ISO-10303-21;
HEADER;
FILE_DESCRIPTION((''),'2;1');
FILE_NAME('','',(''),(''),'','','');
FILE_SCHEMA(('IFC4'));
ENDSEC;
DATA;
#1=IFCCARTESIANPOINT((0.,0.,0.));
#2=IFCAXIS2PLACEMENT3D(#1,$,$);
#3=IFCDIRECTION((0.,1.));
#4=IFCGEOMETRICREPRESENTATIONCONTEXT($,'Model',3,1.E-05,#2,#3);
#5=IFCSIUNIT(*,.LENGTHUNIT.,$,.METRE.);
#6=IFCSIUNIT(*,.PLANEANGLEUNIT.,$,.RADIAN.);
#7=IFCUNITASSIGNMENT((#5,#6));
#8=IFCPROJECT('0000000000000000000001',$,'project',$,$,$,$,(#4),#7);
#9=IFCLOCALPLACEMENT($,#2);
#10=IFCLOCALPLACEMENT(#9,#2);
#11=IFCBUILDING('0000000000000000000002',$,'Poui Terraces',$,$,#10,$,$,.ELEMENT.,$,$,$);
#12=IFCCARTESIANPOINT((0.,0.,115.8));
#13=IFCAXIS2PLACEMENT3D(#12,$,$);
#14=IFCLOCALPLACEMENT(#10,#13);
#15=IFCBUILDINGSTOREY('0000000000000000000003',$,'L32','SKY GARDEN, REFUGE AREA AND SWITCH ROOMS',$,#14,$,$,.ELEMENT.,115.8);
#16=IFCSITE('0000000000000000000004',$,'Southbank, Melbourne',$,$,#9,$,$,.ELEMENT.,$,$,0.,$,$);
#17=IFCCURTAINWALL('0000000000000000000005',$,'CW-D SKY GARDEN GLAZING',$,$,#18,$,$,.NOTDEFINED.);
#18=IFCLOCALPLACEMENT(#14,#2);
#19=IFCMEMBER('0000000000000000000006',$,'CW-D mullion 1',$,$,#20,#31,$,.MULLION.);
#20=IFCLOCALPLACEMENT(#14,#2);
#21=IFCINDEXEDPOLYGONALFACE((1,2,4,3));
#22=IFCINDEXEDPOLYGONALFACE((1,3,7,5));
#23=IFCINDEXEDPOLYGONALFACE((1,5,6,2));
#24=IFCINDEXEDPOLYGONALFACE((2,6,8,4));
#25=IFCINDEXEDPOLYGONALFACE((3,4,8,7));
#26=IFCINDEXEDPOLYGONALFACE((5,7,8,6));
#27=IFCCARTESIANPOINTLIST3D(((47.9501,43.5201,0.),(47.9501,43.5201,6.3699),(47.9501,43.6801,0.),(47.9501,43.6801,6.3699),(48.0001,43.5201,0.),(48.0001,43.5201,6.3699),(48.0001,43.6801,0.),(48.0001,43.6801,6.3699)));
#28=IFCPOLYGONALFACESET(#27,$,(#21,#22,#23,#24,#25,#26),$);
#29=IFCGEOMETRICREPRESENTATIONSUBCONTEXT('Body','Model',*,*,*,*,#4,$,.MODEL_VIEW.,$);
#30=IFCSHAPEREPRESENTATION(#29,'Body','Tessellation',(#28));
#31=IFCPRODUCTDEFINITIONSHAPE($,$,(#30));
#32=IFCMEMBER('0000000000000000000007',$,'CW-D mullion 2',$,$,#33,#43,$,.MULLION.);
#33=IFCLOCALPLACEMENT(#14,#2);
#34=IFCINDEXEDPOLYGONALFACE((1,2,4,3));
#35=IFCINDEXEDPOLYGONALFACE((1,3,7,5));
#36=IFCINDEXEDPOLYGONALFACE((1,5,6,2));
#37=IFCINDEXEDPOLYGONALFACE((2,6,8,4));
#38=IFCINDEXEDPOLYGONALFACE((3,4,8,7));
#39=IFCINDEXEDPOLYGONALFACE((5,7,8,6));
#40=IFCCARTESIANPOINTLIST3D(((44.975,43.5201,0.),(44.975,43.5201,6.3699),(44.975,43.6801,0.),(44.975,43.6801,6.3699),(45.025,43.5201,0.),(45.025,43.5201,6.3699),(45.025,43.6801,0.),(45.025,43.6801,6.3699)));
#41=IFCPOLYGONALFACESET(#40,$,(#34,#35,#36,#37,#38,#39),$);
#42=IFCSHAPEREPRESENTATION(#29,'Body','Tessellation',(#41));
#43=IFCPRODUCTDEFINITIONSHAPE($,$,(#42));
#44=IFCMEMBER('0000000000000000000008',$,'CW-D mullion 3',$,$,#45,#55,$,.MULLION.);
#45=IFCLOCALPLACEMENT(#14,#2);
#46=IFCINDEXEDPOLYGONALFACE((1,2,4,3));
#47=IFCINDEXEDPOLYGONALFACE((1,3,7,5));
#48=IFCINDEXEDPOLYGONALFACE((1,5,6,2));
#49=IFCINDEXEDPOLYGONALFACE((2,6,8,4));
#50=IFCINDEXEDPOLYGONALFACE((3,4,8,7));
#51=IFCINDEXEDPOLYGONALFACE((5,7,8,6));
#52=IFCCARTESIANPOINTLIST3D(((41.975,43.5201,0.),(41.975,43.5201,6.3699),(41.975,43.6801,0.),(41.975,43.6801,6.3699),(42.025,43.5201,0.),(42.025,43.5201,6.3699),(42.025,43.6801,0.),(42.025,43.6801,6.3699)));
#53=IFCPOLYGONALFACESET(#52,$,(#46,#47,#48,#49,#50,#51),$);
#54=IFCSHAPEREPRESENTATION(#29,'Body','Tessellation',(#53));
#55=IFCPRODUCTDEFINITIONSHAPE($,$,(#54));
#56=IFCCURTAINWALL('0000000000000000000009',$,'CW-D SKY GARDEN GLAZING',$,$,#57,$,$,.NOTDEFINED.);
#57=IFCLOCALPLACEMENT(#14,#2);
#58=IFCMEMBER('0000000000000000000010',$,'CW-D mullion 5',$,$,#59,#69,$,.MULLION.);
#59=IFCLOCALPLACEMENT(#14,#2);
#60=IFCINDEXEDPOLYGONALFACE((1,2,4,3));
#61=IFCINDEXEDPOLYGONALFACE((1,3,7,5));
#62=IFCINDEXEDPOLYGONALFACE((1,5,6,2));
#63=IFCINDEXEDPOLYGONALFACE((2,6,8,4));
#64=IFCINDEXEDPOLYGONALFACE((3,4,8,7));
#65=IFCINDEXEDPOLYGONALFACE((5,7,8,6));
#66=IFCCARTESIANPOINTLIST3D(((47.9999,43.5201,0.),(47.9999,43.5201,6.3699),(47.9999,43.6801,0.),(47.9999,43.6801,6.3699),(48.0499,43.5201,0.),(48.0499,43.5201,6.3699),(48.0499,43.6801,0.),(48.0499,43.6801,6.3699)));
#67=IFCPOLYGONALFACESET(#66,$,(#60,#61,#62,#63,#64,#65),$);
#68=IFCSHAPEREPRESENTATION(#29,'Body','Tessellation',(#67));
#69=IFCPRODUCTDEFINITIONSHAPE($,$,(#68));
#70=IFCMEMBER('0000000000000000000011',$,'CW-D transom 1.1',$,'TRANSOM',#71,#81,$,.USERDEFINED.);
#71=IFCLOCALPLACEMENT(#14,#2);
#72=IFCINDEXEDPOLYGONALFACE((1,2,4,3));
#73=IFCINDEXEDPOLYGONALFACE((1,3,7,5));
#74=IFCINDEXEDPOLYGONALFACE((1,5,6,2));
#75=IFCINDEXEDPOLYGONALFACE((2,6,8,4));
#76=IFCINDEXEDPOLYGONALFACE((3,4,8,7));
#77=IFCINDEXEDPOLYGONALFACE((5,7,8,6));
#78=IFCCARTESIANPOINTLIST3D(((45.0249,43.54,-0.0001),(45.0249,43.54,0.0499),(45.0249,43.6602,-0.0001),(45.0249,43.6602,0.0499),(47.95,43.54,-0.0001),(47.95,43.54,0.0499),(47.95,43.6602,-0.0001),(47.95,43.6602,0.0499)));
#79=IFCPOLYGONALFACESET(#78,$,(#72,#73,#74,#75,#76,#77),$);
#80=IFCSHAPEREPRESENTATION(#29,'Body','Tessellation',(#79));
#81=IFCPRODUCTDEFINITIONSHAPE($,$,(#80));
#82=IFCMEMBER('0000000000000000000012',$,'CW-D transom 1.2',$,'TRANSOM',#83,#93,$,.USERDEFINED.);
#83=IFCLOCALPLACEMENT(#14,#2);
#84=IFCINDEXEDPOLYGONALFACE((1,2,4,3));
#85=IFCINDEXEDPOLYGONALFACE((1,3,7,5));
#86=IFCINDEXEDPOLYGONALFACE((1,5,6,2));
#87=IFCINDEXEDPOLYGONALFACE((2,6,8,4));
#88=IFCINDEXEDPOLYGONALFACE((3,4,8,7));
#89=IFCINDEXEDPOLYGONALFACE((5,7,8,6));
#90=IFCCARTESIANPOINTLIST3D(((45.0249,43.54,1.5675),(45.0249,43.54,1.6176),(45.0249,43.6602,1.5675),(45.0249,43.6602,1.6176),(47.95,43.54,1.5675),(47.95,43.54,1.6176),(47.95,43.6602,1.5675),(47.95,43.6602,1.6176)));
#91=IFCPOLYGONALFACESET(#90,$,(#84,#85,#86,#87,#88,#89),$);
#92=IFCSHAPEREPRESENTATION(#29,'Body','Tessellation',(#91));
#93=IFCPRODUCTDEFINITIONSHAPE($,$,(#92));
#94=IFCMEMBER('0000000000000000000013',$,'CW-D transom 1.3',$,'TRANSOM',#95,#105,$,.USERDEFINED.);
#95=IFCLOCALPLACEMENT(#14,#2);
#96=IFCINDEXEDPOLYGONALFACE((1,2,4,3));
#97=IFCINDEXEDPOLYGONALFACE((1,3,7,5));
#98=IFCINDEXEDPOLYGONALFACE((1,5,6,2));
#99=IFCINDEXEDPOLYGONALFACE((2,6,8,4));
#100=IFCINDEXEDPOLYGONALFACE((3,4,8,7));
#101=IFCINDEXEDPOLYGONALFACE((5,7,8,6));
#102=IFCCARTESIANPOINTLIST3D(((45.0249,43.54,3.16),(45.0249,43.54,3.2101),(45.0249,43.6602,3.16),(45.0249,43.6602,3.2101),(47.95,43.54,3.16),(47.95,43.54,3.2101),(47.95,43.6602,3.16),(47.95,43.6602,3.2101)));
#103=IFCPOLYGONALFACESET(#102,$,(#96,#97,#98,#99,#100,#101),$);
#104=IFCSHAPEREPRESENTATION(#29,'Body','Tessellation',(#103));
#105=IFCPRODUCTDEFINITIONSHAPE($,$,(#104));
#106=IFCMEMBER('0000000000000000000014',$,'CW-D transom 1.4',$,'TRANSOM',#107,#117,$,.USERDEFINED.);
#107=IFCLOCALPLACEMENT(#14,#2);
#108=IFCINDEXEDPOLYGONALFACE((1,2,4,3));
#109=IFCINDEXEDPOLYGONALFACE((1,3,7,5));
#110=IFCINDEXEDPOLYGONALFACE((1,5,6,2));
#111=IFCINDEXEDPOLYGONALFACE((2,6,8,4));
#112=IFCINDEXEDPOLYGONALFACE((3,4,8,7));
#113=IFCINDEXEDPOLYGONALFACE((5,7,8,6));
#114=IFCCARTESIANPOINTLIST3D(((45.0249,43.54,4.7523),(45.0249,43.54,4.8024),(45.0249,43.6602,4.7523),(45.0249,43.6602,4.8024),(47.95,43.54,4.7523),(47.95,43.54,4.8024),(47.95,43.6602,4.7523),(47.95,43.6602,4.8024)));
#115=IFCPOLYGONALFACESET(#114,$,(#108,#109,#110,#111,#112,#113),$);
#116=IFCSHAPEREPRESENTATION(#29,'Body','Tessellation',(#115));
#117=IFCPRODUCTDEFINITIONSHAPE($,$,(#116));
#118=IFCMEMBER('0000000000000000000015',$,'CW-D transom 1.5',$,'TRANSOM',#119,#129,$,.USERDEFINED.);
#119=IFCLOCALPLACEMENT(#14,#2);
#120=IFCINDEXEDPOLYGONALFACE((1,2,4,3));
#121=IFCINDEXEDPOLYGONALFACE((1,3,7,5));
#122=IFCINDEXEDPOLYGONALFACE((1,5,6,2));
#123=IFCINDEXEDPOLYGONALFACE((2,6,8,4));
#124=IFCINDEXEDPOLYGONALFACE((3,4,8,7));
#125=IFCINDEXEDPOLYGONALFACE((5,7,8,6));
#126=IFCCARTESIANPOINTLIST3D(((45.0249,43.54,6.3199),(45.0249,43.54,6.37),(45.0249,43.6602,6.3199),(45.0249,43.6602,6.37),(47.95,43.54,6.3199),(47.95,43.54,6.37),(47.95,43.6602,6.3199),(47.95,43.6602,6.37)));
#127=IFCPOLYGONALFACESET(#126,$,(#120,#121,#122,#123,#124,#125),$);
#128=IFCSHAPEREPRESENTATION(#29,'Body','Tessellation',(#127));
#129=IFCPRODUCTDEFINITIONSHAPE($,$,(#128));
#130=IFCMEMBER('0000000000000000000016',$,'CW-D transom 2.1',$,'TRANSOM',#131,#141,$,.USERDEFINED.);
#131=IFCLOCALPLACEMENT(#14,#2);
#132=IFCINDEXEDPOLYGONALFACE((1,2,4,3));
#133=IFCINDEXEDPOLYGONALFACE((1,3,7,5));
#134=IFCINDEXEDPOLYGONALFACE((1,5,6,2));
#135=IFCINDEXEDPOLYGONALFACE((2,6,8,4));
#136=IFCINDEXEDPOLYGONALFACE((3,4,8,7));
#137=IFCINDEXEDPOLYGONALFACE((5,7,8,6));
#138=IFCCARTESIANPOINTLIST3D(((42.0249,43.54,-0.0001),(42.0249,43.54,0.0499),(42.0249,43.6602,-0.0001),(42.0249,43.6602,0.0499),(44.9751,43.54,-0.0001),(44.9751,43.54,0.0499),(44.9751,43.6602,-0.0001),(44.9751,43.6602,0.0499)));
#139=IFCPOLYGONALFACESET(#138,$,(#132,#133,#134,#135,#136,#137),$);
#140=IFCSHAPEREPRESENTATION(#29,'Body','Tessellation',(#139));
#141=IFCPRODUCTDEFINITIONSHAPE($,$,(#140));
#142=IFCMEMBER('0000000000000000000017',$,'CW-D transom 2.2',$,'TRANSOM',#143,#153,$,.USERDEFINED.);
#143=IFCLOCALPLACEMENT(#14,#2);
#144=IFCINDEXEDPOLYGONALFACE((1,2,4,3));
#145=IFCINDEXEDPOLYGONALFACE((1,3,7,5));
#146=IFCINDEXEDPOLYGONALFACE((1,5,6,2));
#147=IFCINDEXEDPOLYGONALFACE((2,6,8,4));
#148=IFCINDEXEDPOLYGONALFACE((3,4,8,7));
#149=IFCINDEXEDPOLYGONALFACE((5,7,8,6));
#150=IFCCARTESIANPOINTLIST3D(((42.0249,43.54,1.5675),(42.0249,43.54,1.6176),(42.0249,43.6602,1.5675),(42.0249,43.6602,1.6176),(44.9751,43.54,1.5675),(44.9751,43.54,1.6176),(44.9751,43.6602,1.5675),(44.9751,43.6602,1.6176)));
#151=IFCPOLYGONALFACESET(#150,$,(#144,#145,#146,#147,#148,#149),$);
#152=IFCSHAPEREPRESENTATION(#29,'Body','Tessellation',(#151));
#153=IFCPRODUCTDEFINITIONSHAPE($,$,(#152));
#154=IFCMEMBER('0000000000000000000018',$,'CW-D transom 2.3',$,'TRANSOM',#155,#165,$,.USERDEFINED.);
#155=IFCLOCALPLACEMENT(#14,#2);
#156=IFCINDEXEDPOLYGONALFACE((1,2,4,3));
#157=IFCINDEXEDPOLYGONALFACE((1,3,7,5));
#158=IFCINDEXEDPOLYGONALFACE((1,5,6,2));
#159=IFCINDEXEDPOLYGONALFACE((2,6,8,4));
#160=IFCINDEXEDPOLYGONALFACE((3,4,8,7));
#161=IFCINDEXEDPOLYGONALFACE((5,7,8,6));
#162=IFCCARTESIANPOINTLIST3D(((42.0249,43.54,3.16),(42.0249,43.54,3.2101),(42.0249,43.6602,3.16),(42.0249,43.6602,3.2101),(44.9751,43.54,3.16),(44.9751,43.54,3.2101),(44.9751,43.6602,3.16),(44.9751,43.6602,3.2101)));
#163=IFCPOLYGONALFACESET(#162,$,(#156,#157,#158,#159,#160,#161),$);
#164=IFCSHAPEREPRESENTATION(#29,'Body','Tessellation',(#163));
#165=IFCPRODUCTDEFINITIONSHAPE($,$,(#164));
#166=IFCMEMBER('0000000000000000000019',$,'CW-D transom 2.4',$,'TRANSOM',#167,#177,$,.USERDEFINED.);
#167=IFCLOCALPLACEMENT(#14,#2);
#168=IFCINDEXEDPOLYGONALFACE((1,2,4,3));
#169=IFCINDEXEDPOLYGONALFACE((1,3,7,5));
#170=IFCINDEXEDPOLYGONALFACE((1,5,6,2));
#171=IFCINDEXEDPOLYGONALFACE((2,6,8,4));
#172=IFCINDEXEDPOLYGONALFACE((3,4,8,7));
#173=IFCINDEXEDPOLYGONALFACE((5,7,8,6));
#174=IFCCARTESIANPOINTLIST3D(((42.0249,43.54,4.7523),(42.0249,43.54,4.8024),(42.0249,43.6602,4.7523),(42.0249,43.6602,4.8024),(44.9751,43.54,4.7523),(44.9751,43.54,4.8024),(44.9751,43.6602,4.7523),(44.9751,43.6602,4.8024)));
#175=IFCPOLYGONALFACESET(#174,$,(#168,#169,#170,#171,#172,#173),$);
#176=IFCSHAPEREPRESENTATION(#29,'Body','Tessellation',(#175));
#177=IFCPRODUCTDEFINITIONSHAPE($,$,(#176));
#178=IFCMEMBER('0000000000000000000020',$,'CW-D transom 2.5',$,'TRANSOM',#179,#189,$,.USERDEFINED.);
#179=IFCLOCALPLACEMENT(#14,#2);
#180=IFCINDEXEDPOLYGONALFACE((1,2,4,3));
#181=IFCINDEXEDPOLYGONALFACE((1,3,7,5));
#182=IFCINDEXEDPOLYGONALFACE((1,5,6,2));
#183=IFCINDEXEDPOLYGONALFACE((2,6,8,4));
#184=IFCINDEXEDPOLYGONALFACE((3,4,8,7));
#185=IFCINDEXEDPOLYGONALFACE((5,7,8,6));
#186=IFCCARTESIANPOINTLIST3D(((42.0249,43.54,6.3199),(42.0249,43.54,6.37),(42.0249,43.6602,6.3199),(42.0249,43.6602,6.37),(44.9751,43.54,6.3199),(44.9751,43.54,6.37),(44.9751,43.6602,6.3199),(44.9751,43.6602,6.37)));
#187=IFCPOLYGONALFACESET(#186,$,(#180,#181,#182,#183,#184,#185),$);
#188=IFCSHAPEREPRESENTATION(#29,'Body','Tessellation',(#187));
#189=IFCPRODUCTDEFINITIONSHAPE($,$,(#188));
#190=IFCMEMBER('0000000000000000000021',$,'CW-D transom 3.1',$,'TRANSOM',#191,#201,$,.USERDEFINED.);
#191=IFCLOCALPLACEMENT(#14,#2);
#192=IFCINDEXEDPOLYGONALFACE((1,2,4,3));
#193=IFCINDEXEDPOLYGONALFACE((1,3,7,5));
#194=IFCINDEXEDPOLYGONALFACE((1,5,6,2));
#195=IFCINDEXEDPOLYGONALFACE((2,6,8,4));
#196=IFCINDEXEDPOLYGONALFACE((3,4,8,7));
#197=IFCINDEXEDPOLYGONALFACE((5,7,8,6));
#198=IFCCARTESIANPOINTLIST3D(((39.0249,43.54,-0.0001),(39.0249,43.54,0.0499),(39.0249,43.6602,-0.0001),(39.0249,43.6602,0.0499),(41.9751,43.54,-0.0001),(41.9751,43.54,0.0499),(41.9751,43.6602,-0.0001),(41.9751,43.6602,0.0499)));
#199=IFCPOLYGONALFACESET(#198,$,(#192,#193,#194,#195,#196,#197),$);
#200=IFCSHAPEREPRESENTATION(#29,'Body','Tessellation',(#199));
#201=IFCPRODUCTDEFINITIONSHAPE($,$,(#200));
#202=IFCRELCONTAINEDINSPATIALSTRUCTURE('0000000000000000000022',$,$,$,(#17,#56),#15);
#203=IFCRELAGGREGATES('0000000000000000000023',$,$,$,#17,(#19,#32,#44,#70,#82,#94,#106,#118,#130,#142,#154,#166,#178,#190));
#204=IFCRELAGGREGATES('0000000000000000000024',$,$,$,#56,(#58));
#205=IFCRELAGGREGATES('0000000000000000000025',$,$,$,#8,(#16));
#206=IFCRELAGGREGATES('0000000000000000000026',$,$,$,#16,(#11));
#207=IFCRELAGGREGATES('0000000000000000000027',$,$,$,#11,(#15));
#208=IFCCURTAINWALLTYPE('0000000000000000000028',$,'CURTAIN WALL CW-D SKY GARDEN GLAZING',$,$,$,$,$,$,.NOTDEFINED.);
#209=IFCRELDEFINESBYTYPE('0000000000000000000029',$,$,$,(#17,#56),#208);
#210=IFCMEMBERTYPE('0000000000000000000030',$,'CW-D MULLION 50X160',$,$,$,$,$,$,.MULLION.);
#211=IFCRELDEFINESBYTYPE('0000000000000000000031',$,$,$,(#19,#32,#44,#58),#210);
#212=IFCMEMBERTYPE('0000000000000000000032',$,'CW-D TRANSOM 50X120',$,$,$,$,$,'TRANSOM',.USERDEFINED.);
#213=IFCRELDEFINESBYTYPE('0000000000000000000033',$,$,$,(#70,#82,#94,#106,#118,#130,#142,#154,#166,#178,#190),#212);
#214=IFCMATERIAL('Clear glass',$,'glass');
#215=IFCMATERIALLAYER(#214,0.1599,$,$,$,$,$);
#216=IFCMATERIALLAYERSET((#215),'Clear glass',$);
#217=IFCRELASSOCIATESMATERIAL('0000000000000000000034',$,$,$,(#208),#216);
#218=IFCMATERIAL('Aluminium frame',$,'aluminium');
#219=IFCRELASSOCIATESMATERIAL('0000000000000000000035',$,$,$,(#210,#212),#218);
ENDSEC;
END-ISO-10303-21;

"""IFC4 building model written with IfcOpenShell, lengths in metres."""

from ifc_helpers import new_model, si_unit, direction, frame, origin, origin_2d, place, context, subcontext, project, spatial, rectangle, extrude, material, layer, layer_set, material_profile, profile_set, type_object, element, aggregate, save


model = new_model("IFC4")

# Units and contexts
model_context = context("Model", 3, precision=1e-05, world=origin(), true_north=direction((0.0, 1.0)))
body_context = subcontext(model_context, "Body", "Model", "MODEL_VIEW")
ifc_project = project(units=[si_unit("LENGTHUNIT", "METRE"), si_unit("PLANEANGLEUNIT", "RADIAN")], contexts=[model_context])

# Site, building, storey
site_placement = place(None, origin())
site = spatial("IfcSite", under=ifc_project, at=site_placement, Name="Southbank, Melbourne", CompositionType="ELEMENT", RefElevation=0.0)
building_placement = place(site_placement, origin())
building = spatial("IfcBuilding", under=site, at=building_placement, Name="Poui Terraces", CompositionType="ELEMENT")
storey_placement = place(building_placement, frame((0.0, 0.0, 115.8)))
storey = spatial("IfcBuildingStorey", under=building, at=storey_placement, Name="L32", Description="SKY GARDEN, REFUGE AREA AND SWITCH ROOMS", CompositionType="ELEMENT", Elevation=115.8)

# Curtain wall, members
ifc_material_1 = material(Name="Clear glass", Category="glass")
ifc_layer_1 = layer(ifc_material_1, 0.1599)
ifc_layer_set_1 = layer_set([ifc_layer_1], Name="Clear glass")
curtain_wall_type = type_object("IfcCurtainWallType", Name="CURTAIN WALL CW-D SKY GARDEN GLAZING", PredefinedType="NOTDEFINED", material=ifc_layer_set_1)
curtain_wall_1_placement = place(storey_placement, origin())
curtain_wall_1 = element("IfcCurtainWall", 1, at=curtain_wall_1_placement, inside=storey, type_object=curtain_wall_type, Name="CW-D SKY GARDEN GLAZING", PredefinedType="NOTDEFINED")
ifc_material_2 = material(Name="Aluminium frame", Category="aluminium")
ifc_material_profile_1 = material_profile(ifc_material_2, rectangle(XDim=0.1599, YDim=0.05, at=origin_2d()), Name="CW-D MULLION 50X160")
ifc_profile_set_1 = profile_set([ifc_material_profile_1], Name="Aluminium frame")
member_type_1 = type_object("IfcMemberType", Name="CW-D MULLION 50X160", PredefinedType="MULLION", material=ifc_profile_set_1)
member_1_placement = place(storey_placement, frame((47.9751, 43.6001, 0.0), z_axis=(0.0, 0.0, 1.0), x_axis=(0.0, -1.0, 0.0)))
member_1 = element("IfcMember", 2, at=member_1_placement, type_object=member_type_1, Name="CW-D mullion 1", PredefinedType="MULLION", context=body_context, shape_type="SweptSolid", body=[
    extrude(rectangle(XDim=0.1599, YDim=0.05, at=origin_2d()), origin(), (0.0, 0.0, 1.0), 6.3699),
])
member_2_placement = place(storey_placement, frame((45.0, 43.6001, 0.0), z_axis=(0.0, 0.0, 1.0), x_axis=(0.0, -1.0, 0.0)))
member_2 = element("IfcMember", 3, at=member_2_placement, type_object=member_type_1, Name="CW-D mullion 2", PredefinedType="MULLION", context=body_context, shape_type="SweptSolid", body=[
    extrude(rectangle(XDim=0.1599, YDim=0.05, at=origin_2d()), origin(), (0.0, 0.0, 1.0), 6.3699),
])
member_3_placement = place(storey_placement, frame((42.0, 43.6001, 0.0), z_axis=(0.0, 0.0, 1.0), x_axis=(0.0, -1.0, 0.0)))
member_3 = element("IfcMember", 4, at=member_3_placement, type_object=member_type_1, Name="CW-D mullion 3", PredefinedType="MULLION", context=body_context, shape_type="SweptSolid", body=[
    extrude(rectangle(XDim=0.1599, YDim=0.05, at=origin_2d()), origin(), (0.0, 0.0, 1.0), 6.3699),
])

# Curtain wall, member
curtain_wall_2_placement = place(storey_placement, origin())
curtain_wall_2 = element("IfcCurtainWall", 5, at=curtain_wall_2_placement, inside=storey, type_object=curtain_wall_type, Name="CW-D SKY GARDEN GLAZING", PredefinedType="NOTDEFINED")
member_4_placement = place(storey_placement, frame((48.0249, 43.6001, 0.0), z_axis=(0.0, 0.0, 1.0), x_axis=(0.0, -1.0, 0.0)))
member_4 = element("IfcMember", 6, at=member_4_placement, type_object=member_type_1, Name="CW-D mullion 5", PredefinedType="MULLION", context=body_context, shape_type="SweptSolid", body=[
    extrude(rectangle(XDim=0.1599, YDim=0.05, at=origin_2d()), origin(), (0.0, 0.0, 1.0), 6.3699),
])

# Members
ifc_material_profile_2 = material_profile(ifc_material_2, rectangle(XDim=0.1201, YDim=0.05, at=origin_2d()), Name="CW-D TRANSOM 50X120")
ifc_profile_set_2 = profile_set([ifc_material_profile_2], Name="Aluminium frame")
member_type_2 = type_object("IfcMemberType", Name="CW-D TRANSOM 50X120", ElementType="TRANSOM", PredefinedType="USERDEFINED", material=ifc_profile_set_2)
member_5_placement = place(storey_placement, frame((47.95, 43.6001, 0.0249), z_axis=(-1.0, 0.0, 0.0), x_axis=(0.0, -1.0, 0.0)))
member_5 = element("IfcMember", 7, at=member_5_placement, type_object=member_type_2, Name="CW-D transom 1.1", ObjectType="TRANSOM", PredefinedType="USERDEFINED", context=body_context, shape_type="SweptSolid", body=[
    extrude(rectangle(XDim=0.1201, YDim=0.05, at=origin_2d()), origin(), (0.0, 0.0, 1.0), 2.925),
])
member_6_placement = place(storey_placement, frame((47.95, 43.6001, 1.5925), z_axis=(-1.0, 0.0, 0.0), x_axis=(0.0, -1.0, 0.0)))
member_6 = element("IfcMember", 8, at=member_6_placement, type_object=member_type_2, Name="CW-D transom 1.2", ObjectType="TRANSOM", PredefinedType="USERDEFINED", context=body_context, shape_type="SweptSolid", body=[
    extrude(rectangle(XDim=0.1201, YDim=0.05, at=origin_2d()), origin(), (0.0, 0.0, 1.0), 2.925),
])
member_7_placement = place(storey_placement, frame((47.95, 43.6001, 3.1851), z_axis=(-1.0, 0.0, 0.0), x_axis=(0.0, -1.0, 0.0)))
member_7 = element("IfcMember", 9, at=member_7_placement, type_object=member_type_2, Name="CW-D transom 1.3", ObjectType="TRANSOM", PredefinedType="USERDEFINED", context=body_context, shape_type="SweptSolid", body=[
    extrude(rectangle(XDim=0.1201, YDim=0.05, at=origin_2d()), origin(), (0.0, 0.0, 1.0), 2.925),
])
member_8_placement = place(storey_placement, frame((47.95, 43.6001, 4.7773), z_axis=(-1.0, 0.0, 0.0), x_axis=(0.0, -1.0, 0.0)))
member_8 = element("IfcMember", 10, at=member_8_placement, type_object=member_type_2, Name="CW-D transom 1.4", ObjectType="TRANSOM", PredefinedType="USERDEFINED", context=body_context, shape_type="SweptSolid", body=[
    extrude(rectangle(XDim=0.1201, YDim=0.05, at=origin_2d()), origin(), (0.0, 0.0, 1.0), 2.925),
])
member_9_placement = place(storey_placement, frame((47.95, 43.6001, 6.345), z_axis=(-1.0, 0.0, 0.0), x_axis=(0.0, -1.0, 0.0)))
member_9 = element("IfcMember", 11, at=member_9_placement, type_object=member_type_2, Name="CW-D transom 1.5", ObjectType="TRANSOM", PredefinedType="USERDEFINED", context=body_context, shape_type="SweptSolid", body=[
    extrude(rectangle(XDim=0.1201, YDim=0.05, at=origin_2d()), origin(), (0.0, 0.0, 1.0), 2.925),
])
member_10_placement = place(storey_placement, frame((44.9751, 43.6001, 0.0249), z_axis=(-1.0, 0.0, 0.0), x_axis=(0.0, -1.0, 0.0)))
member_10 = element("IfcMember", 12, at=member_10_placement, type_object=member_type_2, Name="CW-D transom 2.1", ObjectType="TRANSOM", PredefinedType="USERDEFINED", context=body_context, shape_type="SweptSolid", body=[
    extrude(rectangle(XDim=0.1201, YDim=0.05, at=origin_2d()), origin(), (0.0, 0.0, 1.0), 2.9502),
])
member_11_placement = place(storey_placement, frame((44.9751, 43.6001, 1.5925), z_axis=(-1.0, 0.0, 0.0), x_axis=(0.0, -1.0, 0.0)))
member_11 = element("IfcMember", 13, at=member_11_placement, type_object=member_type_2, Name="CW-D transom 2.2", ObjectType="TRANSOM", PredefinedType="USERDEFINED", context=body_context, shape_type="SweptSolid", body=[
    extrude(rectangle(XDim=0.1201, YDim=0.05, at=origin_2d()), origin(), (0.0, 0.0, 1.0), 2.9502),
])
member_12_placement = place(storey_placement, frame((44.9751, 43.6001, 3.1851), z_axis=(-1.0, 0.0, 0.0), x_axis=(0.0, -1.0, 0.0)))
member_12 = element("IfcMember", 14, at=member_12_placement, type_object=member_type_2, Name="CW-D transom 2.3", ObjectType="TRANSOM", PredefinedType="USERDEFINED", context=body_context, shape_type="SweptSolid", body=[
    extrude(rectangle(XDim=0.1201, YDim=0.05, at=origin_2d()), origin(), (0.0, 0.0, 1.0), 2.9502),
])
member_13_placement = place(storey_placement, frame((44.9751, 43.6001, 4.7773), z_axis=(-1.0, 0.0, 0.0), x_axis=(0.0, -1.0, 0.0)))
member_13 = element("IfcMember", 15, at=member_13_placement, type_object=member_type_2, Name="CW-D transom 2.4", ObjectType="TRANSOM", PredefinedType="USERDEFINED", context=body_context, shape_type="SweptSolid", body=[
    extrude(rectangle(XDim=0.1201, YDim=0.05, at=origin_2d()), origin(), (0.0, 0.0, 1.0), 2.9502),
])
member_14_placement = place(storey_placement, frame((44.9751, 43.6001, 6.345), z_axis=(-1.0, 0.0, 0.0), x_axis=(0.0, -1.0, 0.0)))
member_14 = element("IfcMember", 16, at=member_14_placement, type_object=member_type_2, Name="CW-D transom 2.5", ObjectType="TRANSOM", PredefinedType="USERDEFINED", context=body_context, shape_type="SweptSolid", body=[
    extrude(rectangle(XDim=0.1201, YDim=0.05, at=origin_2d()), origin(), (0.0, 0.0, 1.0), 2.9502),
])
member_15_placement = place(storey_placement, frame((41.9751, 43.6001, 0.0249), z_axis=(-1.0, 0.0, 0.0), x_axis=(0.0, -1.0, 0.0)))
member_15 = element("IfcMember", 17, at=member_15_placement, type_object=member_type_2, Name="CW-D transom 3.1", ObjectType="TRANSOM", PredefinedType="USERDEFINED", context=body_context, shape_type="SweptSolid", body=[
    extrude(rectangle(XDim=0.1201, YDim=0.05, at=origin_2d()), origin(), (0.0, 0.0, 1.0), 2.9502),
])

aggregate(curtain_wall_1, [member_1, member_2, member_3, member_5, member_6, member_7, member_8, member_9, member_10, member_11, member_12, member_13, member_14, member_15])
aggregate(curtain_wall_2, [member_4])

save(model, "model.ifc")
